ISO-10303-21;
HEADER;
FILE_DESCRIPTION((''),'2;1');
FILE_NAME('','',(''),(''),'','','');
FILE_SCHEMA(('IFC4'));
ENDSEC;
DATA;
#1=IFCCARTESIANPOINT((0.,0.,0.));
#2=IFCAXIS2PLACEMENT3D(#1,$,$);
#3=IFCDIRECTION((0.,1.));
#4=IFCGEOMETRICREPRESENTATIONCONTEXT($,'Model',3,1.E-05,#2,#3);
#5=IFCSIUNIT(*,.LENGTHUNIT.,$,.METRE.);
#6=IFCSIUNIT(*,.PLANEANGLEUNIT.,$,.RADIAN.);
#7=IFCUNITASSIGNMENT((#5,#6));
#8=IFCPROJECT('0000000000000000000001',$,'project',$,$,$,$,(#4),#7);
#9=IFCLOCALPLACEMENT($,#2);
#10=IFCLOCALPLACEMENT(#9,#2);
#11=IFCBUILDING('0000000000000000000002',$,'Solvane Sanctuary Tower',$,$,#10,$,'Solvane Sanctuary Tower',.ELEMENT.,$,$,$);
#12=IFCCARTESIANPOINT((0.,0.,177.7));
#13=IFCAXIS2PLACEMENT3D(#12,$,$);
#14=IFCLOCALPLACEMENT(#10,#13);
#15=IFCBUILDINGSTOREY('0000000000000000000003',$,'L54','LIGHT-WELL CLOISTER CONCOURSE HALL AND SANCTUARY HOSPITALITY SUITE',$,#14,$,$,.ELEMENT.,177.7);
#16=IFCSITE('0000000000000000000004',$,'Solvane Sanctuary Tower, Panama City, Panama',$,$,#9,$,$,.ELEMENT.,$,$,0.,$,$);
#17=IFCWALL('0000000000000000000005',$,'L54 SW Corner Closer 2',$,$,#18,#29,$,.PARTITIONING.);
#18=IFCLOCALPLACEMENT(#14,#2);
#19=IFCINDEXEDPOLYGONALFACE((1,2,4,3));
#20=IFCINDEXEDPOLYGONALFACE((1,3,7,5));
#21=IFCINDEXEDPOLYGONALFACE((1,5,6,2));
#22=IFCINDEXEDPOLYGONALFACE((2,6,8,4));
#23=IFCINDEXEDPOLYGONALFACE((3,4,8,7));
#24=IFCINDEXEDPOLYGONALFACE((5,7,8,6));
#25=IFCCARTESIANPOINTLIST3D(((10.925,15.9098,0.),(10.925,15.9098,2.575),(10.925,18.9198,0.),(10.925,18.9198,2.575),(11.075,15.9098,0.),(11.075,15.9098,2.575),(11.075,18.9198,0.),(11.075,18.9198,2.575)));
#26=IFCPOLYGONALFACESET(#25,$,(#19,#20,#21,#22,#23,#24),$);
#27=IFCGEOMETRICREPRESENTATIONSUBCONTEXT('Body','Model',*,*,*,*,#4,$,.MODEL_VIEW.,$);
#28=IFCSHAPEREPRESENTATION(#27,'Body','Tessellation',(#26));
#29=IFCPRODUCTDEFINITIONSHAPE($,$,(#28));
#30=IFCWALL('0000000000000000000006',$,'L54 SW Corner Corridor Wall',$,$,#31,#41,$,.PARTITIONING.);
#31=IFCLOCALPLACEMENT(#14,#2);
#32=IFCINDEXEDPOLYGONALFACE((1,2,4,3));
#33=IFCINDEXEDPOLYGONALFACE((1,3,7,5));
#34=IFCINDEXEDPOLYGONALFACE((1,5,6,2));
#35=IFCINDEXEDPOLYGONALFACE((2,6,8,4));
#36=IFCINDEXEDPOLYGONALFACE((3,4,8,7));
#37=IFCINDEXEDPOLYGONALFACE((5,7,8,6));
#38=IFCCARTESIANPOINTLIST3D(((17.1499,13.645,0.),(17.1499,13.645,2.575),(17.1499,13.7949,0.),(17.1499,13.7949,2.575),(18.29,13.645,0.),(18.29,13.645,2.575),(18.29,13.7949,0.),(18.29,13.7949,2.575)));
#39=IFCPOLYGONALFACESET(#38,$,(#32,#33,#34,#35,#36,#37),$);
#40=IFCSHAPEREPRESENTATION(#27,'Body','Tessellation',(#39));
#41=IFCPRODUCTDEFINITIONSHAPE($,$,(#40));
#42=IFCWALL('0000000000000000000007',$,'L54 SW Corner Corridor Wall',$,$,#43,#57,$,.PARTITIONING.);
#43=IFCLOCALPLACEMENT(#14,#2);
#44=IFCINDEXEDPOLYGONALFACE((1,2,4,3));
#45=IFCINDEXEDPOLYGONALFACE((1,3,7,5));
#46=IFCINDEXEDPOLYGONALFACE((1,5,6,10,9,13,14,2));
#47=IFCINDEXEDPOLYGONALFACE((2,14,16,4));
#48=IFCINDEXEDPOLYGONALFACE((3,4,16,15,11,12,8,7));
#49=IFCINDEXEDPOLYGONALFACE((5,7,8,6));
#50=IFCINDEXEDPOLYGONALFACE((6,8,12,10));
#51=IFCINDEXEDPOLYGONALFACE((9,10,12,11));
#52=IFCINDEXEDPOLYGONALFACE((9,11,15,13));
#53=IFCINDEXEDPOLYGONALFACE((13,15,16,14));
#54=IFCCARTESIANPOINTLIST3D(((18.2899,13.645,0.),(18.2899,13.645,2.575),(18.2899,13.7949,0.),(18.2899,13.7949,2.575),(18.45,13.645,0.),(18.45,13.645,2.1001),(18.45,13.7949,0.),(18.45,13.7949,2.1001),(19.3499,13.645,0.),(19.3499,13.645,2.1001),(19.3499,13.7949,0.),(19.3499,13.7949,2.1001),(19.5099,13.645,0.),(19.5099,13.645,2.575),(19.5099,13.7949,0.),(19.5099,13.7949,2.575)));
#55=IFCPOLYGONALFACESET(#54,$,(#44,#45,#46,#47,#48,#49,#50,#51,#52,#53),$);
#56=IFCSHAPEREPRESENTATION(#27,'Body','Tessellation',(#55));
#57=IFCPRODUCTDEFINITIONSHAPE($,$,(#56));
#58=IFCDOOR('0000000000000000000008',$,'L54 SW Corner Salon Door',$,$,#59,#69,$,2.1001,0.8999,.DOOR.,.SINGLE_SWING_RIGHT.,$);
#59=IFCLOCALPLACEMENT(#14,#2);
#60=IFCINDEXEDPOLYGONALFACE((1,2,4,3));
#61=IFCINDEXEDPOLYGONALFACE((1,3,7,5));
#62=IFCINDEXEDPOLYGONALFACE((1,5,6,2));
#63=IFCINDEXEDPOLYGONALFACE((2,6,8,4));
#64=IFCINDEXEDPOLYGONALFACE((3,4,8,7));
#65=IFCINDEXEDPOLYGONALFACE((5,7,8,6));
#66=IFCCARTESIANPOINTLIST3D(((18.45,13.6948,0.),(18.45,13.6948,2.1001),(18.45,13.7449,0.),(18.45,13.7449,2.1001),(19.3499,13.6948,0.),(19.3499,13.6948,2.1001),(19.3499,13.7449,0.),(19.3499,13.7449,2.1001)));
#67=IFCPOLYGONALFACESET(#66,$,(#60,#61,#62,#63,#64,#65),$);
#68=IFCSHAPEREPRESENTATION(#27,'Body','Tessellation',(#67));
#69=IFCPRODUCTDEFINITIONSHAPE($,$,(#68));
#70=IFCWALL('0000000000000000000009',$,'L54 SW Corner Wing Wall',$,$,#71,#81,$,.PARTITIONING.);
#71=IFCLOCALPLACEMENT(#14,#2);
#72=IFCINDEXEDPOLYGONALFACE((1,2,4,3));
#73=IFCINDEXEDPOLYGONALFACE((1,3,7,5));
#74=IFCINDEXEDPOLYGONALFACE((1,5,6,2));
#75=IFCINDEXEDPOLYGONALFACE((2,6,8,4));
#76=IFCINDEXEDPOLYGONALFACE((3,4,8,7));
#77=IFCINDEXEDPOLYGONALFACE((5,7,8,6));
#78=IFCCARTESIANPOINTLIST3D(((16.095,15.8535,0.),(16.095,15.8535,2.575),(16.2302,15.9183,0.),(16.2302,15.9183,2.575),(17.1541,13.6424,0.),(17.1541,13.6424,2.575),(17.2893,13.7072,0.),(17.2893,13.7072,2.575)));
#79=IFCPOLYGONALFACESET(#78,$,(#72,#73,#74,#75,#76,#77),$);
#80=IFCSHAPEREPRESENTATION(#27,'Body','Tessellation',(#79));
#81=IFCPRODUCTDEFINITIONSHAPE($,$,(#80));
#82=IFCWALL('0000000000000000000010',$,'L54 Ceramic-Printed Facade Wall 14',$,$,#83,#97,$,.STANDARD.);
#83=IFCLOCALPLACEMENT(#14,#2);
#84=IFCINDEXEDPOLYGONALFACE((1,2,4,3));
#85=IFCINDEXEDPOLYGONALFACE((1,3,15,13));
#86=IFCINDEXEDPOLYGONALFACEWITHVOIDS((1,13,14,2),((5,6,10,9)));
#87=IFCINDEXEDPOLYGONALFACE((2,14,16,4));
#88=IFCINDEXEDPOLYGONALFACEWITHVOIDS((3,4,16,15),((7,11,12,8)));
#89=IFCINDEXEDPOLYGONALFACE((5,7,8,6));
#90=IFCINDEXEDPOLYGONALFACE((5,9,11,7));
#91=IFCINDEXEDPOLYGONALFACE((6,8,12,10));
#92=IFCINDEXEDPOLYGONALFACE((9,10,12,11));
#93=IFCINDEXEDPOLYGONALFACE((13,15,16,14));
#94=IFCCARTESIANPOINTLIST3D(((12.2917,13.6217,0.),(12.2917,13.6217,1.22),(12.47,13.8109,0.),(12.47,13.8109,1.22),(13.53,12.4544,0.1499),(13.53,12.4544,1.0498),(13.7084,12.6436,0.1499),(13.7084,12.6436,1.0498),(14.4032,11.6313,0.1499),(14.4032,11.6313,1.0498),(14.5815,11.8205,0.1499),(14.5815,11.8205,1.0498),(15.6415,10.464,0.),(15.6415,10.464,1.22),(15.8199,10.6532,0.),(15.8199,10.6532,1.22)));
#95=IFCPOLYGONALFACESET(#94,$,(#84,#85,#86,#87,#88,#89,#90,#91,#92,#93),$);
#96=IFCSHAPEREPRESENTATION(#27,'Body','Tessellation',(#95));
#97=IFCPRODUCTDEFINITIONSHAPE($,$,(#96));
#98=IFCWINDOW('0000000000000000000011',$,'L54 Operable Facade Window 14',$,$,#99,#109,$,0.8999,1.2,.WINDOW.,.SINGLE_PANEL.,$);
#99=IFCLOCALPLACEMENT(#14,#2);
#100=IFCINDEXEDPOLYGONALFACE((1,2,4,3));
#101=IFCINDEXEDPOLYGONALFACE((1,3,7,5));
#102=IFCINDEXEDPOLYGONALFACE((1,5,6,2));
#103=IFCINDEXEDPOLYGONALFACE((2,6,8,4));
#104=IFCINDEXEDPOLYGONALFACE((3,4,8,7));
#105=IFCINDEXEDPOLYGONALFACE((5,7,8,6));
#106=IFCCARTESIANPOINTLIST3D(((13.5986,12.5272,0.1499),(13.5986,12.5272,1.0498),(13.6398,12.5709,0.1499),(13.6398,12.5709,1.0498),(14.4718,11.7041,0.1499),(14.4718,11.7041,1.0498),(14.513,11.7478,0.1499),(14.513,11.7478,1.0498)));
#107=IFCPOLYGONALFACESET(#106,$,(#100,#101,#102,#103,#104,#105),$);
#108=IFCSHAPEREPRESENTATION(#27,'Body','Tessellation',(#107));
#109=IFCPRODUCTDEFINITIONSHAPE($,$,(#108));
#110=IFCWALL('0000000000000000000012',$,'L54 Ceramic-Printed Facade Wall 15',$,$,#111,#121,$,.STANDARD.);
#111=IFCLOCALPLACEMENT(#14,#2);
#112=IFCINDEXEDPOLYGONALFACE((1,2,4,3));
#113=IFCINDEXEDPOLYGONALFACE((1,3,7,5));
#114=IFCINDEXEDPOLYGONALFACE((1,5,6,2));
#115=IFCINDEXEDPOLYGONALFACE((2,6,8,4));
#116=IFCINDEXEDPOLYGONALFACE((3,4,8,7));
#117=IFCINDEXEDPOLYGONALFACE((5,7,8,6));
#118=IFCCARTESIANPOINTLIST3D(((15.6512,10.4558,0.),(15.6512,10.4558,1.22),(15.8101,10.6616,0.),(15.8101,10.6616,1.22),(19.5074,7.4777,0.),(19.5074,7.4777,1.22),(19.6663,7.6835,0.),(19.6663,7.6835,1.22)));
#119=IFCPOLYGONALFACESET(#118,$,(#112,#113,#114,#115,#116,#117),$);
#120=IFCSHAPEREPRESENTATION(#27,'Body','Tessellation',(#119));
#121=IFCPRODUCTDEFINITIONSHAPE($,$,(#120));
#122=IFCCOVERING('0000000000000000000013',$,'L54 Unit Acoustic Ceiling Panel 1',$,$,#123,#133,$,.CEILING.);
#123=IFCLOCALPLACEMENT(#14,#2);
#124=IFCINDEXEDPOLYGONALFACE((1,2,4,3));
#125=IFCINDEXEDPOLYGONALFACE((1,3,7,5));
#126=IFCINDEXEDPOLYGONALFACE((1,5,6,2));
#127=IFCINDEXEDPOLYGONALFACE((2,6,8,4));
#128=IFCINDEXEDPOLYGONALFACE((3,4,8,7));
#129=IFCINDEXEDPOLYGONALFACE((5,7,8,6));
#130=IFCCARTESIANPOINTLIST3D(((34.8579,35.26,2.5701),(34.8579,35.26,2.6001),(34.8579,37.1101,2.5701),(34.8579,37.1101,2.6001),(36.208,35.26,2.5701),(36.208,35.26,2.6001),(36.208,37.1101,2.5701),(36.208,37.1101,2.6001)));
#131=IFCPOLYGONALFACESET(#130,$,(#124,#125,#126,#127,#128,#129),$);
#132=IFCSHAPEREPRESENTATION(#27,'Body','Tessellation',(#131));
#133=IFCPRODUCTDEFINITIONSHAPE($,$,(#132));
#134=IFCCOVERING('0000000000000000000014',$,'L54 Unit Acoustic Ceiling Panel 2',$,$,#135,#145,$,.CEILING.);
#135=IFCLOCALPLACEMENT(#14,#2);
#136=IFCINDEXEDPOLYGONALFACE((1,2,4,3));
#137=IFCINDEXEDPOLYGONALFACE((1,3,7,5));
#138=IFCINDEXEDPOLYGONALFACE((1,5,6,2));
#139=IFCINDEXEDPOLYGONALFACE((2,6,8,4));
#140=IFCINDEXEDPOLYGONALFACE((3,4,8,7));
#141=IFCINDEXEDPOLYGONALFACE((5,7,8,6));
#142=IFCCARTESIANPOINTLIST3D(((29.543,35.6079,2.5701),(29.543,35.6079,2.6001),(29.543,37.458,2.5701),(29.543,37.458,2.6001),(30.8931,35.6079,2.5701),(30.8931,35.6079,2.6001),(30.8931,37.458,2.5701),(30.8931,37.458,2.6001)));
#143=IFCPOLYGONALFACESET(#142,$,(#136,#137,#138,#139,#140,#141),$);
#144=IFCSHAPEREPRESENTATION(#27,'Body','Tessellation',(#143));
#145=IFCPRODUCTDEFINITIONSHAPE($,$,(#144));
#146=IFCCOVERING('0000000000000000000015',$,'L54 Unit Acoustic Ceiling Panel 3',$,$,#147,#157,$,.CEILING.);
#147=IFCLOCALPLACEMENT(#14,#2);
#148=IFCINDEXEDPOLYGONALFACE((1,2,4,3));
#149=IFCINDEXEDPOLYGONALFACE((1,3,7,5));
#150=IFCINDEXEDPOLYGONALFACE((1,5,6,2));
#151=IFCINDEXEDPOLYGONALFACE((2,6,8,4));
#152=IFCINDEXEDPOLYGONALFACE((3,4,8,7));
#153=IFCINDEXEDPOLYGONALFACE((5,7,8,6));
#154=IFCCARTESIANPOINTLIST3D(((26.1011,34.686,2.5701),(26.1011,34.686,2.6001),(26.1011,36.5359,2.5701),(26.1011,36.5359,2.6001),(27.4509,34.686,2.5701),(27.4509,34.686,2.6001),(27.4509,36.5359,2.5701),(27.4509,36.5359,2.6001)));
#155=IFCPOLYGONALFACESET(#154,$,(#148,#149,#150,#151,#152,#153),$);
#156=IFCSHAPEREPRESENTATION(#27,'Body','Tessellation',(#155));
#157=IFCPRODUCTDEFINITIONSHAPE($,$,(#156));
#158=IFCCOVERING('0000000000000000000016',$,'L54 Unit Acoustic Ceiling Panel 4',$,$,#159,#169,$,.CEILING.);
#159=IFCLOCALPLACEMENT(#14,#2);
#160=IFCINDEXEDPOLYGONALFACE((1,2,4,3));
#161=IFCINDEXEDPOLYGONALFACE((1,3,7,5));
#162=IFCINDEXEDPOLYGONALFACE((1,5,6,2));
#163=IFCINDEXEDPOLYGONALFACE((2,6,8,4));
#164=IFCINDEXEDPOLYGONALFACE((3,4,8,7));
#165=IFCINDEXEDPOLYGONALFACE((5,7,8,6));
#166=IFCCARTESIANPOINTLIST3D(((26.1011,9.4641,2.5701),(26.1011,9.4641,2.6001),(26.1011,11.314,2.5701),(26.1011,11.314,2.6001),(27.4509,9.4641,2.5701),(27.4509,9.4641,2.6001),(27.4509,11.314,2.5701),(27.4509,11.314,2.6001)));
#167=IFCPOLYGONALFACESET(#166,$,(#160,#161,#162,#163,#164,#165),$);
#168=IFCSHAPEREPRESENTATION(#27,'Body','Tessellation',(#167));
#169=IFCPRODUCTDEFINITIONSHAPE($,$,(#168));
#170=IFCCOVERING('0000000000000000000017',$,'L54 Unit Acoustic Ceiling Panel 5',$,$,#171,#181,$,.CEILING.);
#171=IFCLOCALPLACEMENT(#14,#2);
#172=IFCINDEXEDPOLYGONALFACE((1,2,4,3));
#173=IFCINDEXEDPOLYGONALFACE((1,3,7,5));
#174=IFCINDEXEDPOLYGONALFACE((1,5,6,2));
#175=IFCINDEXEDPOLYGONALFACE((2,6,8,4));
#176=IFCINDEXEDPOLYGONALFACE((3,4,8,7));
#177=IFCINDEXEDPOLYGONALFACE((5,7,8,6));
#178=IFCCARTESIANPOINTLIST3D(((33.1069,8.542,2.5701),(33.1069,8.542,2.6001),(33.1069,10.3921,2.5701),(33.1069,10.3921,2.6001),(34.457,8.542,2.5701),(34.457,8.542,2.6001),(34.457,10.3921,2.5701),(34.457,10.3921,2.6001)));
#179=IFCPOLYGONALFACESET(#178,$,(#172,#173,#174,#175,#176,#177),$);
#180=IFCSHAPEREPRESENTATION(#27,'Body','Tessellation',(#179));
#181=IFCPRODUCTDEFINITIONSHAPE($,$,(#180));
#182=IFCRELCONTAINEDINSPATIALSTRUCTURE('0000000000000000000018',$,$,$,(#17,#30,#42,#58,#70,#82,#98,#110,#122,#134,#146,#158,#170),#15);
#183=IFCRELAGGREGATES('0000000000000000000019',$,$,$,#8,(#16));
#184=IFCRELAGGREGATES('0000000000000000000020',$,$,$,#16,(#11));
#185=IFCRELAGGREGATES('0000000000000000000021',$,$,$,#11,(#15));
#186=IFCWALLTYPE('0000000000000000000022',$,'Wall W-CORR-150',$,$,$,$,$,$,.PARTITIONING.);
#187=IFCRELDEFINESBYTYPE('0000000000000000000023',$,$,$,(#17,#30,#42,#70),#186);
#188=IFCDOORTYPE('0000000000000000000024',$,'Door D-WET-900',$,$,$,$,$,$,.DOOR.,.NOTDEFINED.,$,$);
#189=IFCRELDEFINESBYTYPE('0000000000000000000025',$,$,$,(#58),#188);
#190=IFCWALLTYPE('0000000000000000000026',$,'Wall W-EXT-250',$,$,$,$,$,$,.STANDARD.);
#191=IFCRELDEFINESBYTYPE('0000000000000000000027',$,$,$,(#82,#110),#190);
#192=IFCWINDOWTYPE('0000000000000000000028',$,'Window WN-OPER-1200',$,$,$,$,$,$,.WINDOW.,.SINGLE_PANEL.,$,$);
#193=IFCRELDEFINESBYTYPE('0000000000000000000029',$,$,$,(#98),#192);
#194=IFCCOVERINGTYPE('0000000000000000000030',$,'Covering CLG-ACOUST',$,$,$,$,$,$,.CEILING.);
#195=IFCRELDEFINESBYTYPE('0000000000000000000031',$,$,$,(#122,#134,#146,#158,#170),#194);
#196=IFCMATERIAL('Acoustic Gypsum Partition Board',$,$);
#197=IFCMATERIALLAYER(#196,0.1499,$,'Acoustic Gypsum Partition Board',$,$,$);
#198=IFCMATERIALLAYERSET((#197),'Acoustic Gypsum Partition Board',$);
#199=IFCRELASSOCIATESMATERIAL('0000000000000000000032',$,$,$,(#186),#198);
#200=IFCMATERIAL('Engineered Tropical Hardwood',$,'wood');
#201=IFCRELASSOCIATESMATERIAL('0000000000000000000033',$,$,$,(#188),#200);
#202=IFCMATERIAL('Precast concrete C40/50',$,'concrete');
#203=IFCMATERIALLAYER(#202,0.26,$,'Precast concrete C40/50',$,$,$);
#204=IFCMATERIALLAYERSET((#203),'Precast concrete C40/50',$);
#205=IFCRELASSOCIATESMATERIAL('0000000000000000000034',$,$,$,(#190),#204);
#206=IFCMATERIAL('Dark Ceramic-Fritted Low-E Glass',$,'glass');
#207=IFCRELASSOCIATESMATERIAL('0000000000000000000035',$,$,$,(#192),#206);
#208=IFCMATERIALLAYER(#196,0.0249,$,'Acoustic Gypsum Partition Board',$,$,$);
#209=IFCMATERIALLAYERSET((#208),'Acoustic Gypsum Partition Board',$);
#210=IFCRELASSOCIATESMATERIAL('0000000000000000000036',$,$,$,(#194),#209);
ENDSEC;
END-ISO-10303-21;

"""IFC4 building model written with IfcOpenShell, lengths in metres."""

from ifc_helpers import new_model, si_unit, direction, frame, frame_2d, origin, place, context, subcontext, project, spatial, polyline, rectangle, outline, extrude, material, layer, layer_set, type_object, element, fill, save


model = new_model("IFC4")

# Units and contexts
model_context = context("Model", 3, precision=1e-05, world=origin(), true_north=direction((0.0, 1.0)))
body_context = subcontext(model_context, "Body", "Model", "MODEL_VIEW")
ifc_project = project(units=[si_unit("LENGTHUNIT", "METRE"), si_unit("PLANEANGLEUNIT", "RADIAN")], contexts=[model_context])

# Site, building, storey
site_placement = place(None, origin())
site = spatial("IfcSite", under=ifc_project, at=site_placement, Name="Solvane Sanctuary Tower, Panama City, Panama", CompositionType="ELEMENT", RefElevation=0.0)
building_placement = place(site_placement, origin())
building = spatial("IfcBuilding", under=site, at=building_placement, Name="Solvane Sanctuary Tower", LongName="Solvane Sanctuary Tower", CompositionType="ELEMENT")
storey_placement = place(building_placement, frame((0.0, 0.0, 177.7)))
storey = spatial("IfcBuildingStorey", under=building, at=storey_placement, Name="L54", Description="LIGHT-WELL CLOISTER CONCOURSE HALL AND SANCTUARY HOSPITALITY SUITE", CompositionType="ELEMENT", Elevation=177.7)

# Walls
ifc_material_1 = material(Name="Acoustic Gypsum Partition Board")
ifc_layer_1 = layer(ifc_material_1, 0.1499, Name="Acoustic Gypsum Partition Board")
ifc_layer_set_1 = layer_set([ifc_layer_1], Name="Acoustic Gypsum Partition Board")
wall_type_1 = type_object("IfcWallType", Name="Wall W-CORR-150", PredefinedType="PARTITIONING", material=ifc_layer_set_1)
wall_1_placement = place(storey_placement, frame((11.0, 15.9099, 0.0), z_axis=(0.0, 0.0, 1.0), x_axis=(0.0, 1.0, 0.0)))
element("IfcWall", 1, at=wall_1_placement, inside=storey, type_object=wall_type_1, Name="L54 SW Corner Closer 2", PredefinedType="PARTITIONING", context=body_context, shape_type="SweptSolid", body=[
    extrude(rectangle(XDim=3.01, YDim=0.1499, at=frame_2d((1.5049, 0.0))), origin(), (0.0, 0.0, 1.0), 2.575),
])
wall_2_placement = place(storey_placement, frame((17.1499, 13.72, 0.0), z_axis=(0.0, 0.0, 1.0), x_axis=(1.0, 0.0, 0.0)))
element("IfcWall", 2, at=wall_2_placement, inside=storey, type_object=wall_type_1, Name="L54 SW Corner Corridor Wall", PredefinedType="PARTITIONING", context=body_context, shape_type="SweptSolid", body=[
    extrude(rectangle(XDim=1.1401, YDim=0.1499, at=frame_2d((0.5701, 0.0))), origin(), (0.0, 0.0, 1.0), 2.575),
])

# Wall, opening, door
wall_3_placement = place(storey_placement, frame((18.29, 13.72, 0.0), z_axis=(0.0, 0.0, 1.0), x_axis=(1.0, 0.0, 0.0)))
wall_3 = element("IfcWall", 3, at=wall_3_placement, inside=storey, type_object=wall_type_1, Name="L54 SW Corner Corridor Wall", PredefinedType="PARTITIONING", context=body_context, shape_type="SweptSolid", body=[
    extrude(rectangle(XDim=1.22, YDim=0.1499, at=frame_2d((0.6099, 0.0))), origin(), (0.0, 0.0, 1.0), 2.575),
])
opening_1_placement = place(wall_3_placement, frame((0.1599, 0.0, 0.0)))
opening_1 = element("IfcOpeningElement", 4, at=opening_1_placement, cuts=wall_3, PredefinedType="OPENING", context=body_context, shape_type="SweptSolid", body=[
    extrude(rectangle(XDim=0.8999, YDim=2.1001, at=frame_2d((0.45, 1.05))), frame((0.0, 0.085, 0.0), z_axis=(0.0, -1.0, 0.0), x_axis=(1.0, 0.0, 0.0)), (0.0, 0.0, 1.0), 0.1699),
])
ifc_material_2 = material(Name="Engineered Tropical Hardwood", Category="wood")
door_type = type_object("IfcDoorType", Name="Door D-WET-900", OperationType="NOTDEFINED", PredefinedType="DOOR", material=ifc_material_2)
door_placement = place(opening_1_placement, origin())
door = element("IfcDoor", 5, at=door_placement, inside=storey, type_object=door_type, Name="L54 SW Corner Salon Door", OperationType="SINGLE_SWING_RIGHT", OverallHeight=2.1001, OverallWidth=0.8999, PredefinedType="DOOR", context=body_context, shape_type="SweptSolid", body=[
    extrude(rectangle(XDim=0.8999, YDim=2.1001, at=frame_2d((0.45, 1.05))), frame((0.0, 0.0249, 0.0), z_axis=(0.0, -1.0, 0.0), x_axis=(1.0, 0.0, 0.0)), (0.0, 0.0, 1.0), 0.05),
])
fill(opening_1, door)

# Wall
wall_4_placement = place(storey_placement, frame((17.2217, 13.6748, 0.0), z_axis=(0.0, 0.0, 1.0), x_axis=(-0.431973, 0.901886, 0.0)))
element("IfcWall", 6, at=wall_4_placement, inside=storey, type_object=wall_type_1, Name="L54 SW Corner Wing Wall", PredefinedType="PARTITIONING", context=body_context, shape_type="SweptSolid", body=[
    extrude(rectangle(XDim=2.4517, YDim=0.1499, at=frame_2d((1.2258, 0.0))), origin(), (0.0, 0.0, 1.0), 2.575),
])

# Wall, opening, window
ifc_material_3 = material(Name="Precast concrete C40/50", Category="concrete")
ifc_layer_2 = layer(ifc_material_3, 0.26, Name="Precast concrete C40/50")
ifc_layer_set_2 = layer_set([ifc_layer_2], Name="Precast concrete C40/50")
wall_type_2 = type_object("IfcWallType", Name="Wall W-EXT-250", PredefinedType="STANDARD", material=ifc_layer_set_2)
wall_5_placement = place(storey_placement, frame((12.3809, 13.7163, 0.0), z_axis=(0.0, 0.0, 1.0), x_axis=(0.727667, -0.68593, 0.0)))
wall_5 = element("IfcWall", 7, at=wall_5_placement, inside=storey, type_object=wall_type_2, Name="L54 Ceramic-Printed Facade Wall 14", PredefinedType="STANDARD", context=body_context, shape_type="SweptSolid", body=[
    extrude(rectangle(XDim=4.6035, YDim=0.26, at=frame_2d((2.3018, 0.0))), origin(), (0.0, 0.0, 1.0), 1.22),
])
opening_2_placement = place(wall_5_placement, frame((1.7017, 0.0, 0.1499)))
opening_2 = element("IfcOpeningElement", 8, at=opening_2_placement, cuts=wall_5, PredefinedType="OPENING", context=body_context, shape_type="SweptSolid", body=[
    extrude(rectangle(XDim=1.2, YDim=0.8999, at=frame_2d((0.6001, 0.45))), frame((0.0, 0.1399, 0.0), z_axis=(0.0, -1.0, 0.0), x_axis=(1.0, 0.0, 0.0)), (0.0, 0.0, 1.0), 0.28),
])
ifc_material_4 = material(Name="Dark Ceramic-Fritted Low-E Glass", Category="glass")
window_type = type_object("IfcWindowType", Name="Window WN-OPER-1200", PartitioningType="SINGLE_PANEL", PredefinedType="WINDOW", material=ifc_material_4)
window_placement = place(opening_2_placement, origin())
window = element("IfcWindow", 9, at=window_placement, inside=storey, type_object=window_type, Name="L54 Operable Facade Window 14", OverallHeight=0.8999, OverallWidth=1.2, PartitioningType="SINGLE_PANEL", PredefinedType="WINDOW", context=body_context, shape_type="SweptSolid", body=[
    extrude(rectangle(XDim=1.2, YDim=0.8999, at=frame_2d((0.6001, 0.45))), frame((0.0, 0.03, 0.0), z_axis=(0.0, -1.0, 0.0), x_axis=(1.0, 0.0, 0.0)), (0.0, 0.0, 1.0), 0.0601),
])
fill(opening_2, window)

# Wall
wall_6_placement = place(storey_placement, frame((15.7307, 10.5586, 0.0), z_axis=(0.0, 0.0, 1.0), x_axis=(0.79146, -0.611221, 0.0)))
element("IfcWall", 10, at=wall_6_placement, inside=storey, type_object=wall_type_2, Name="L54 Ceramic-Printed Facade Wall 15", PredefinedType="STANDARD", context=body_context, shape_type="SweptSolid", body=[
    extrude(rectangle(XDim=4.8723, YDim=0.26, at=frame_2d((2.436, 0.0))), origin(), (0.0, 0.0, 1.0), 1.22),
])

# Coverings
ifc_layer_3 = layer(ifc_material_1, 0.0249, Name="Acoustic Gypsum Partition Board")
ifc_layer_set_3 = layer_set([ifc_layer_3], Name="Acoustic Gypsum Partition Board")
covering_type_1 = type_object("IfcCoveringType", Name="Covering CLG-ACOUST", PredefinedType="CEILING", material=ifc_layer_set_3)
covering_1_placement = place(storey_placement, frame((0.0, 0.0, 2.5701)))
element("IfcCovering", 11, at=covering_1_placement, inside=storey, type_object=covering_type_1, Name="L54 Unit Acoustic Ceiling Panel 1", PredefinedType="CEILING", context=body_context, shape_type="SweptSolid", body=[
    extrude(outline(polyline([(34.8579, 35.26), (36.208, 35.26), (36.208, 37.1101), (34.8579, 37.1101), (34.8579, 35.26)])), origin(), (0.0, 0.0, 1.0), 0.03),
])
covering_2_placement = place(storey_placement, frame((0.0, 0.0, 2.5701)))
element("IfcCovering", 12, at=covering_2_placement, inside=storey, type_object=covering_type_1, Name="L54 Unit Acoustic Ceiling Panel 2", PredefinedType="CEILING", context=body_context, shape_type="SweptSolid", body=[
    extrude(outline(polyline([(29.543, 35.6079), (30.8931, 35.6079), (30.8931, 37.458), (29.543, 37.458), (29.543, 35.6079)])), origin(), (0.0, 0.0, 1.0), 0.03),
])
covering_3_placement = place(storey_placement, frame((0.0, 0.0, 2.5701)))
element("IfcCovering", 13, at=covering_3_placement, inside=storey, type_object=covering_type_1, Name="L54 Unit Acoustic Ceiling Panel 3", PredefinedType="CEILING", context=body_context, shape_type="SweptSolid", body=[
    extrude(outline(polyline([(26.1011, 34.686), (27.4509, 34.686), (27.4509, 36.5359), (26.1011, 36.5359), (26.1011, 34.686)])), origin(), (0.0, 0.0, 1.0), 0.03),
])
covering_4_placement = place(storey_placement, frame((0.0, 0.0, 2.5701)))
element("IfcCovering", 14, at=covering_4_placement, inside=storey, type_object=covering_type_1, Name="L54 Unit Acoustic Ceiling Panel 4", PredefinedType="CEILING", context=body_context, shape_type="SweptSolid", body=[
    extrude(outline(polyline([(26.1011, 9.4641), (27.4509, 9.4641), (27.4509, 11.314), (26.1011, 11.314), (26.1011, 9.4641)])), origin(), (0.0, 0.0, 1.0), 0.03),
])
covering_5_placement = place(storey_placement, frame((0.0, 0.0, 2.5701)))
element("IfcCovering", 15, at=covering_5_placement, inside=storey, type_object=covering_type_1, Name="L54 Unit Acoustic Ceiling Panel 5", PredefinedType="CEILING", context=body_context, shape_type="SweptSolid", body=[
    extrude(outline(polyline([(33.1069, 8.542), (34.457, 8.542), (34.457, 10.3921), (33.1069, 10.3921), (33.1069, 8.542)])), origin(), (0.0, 0.0, 1.0), 0.03),
])

save(model, "model.ifc")
